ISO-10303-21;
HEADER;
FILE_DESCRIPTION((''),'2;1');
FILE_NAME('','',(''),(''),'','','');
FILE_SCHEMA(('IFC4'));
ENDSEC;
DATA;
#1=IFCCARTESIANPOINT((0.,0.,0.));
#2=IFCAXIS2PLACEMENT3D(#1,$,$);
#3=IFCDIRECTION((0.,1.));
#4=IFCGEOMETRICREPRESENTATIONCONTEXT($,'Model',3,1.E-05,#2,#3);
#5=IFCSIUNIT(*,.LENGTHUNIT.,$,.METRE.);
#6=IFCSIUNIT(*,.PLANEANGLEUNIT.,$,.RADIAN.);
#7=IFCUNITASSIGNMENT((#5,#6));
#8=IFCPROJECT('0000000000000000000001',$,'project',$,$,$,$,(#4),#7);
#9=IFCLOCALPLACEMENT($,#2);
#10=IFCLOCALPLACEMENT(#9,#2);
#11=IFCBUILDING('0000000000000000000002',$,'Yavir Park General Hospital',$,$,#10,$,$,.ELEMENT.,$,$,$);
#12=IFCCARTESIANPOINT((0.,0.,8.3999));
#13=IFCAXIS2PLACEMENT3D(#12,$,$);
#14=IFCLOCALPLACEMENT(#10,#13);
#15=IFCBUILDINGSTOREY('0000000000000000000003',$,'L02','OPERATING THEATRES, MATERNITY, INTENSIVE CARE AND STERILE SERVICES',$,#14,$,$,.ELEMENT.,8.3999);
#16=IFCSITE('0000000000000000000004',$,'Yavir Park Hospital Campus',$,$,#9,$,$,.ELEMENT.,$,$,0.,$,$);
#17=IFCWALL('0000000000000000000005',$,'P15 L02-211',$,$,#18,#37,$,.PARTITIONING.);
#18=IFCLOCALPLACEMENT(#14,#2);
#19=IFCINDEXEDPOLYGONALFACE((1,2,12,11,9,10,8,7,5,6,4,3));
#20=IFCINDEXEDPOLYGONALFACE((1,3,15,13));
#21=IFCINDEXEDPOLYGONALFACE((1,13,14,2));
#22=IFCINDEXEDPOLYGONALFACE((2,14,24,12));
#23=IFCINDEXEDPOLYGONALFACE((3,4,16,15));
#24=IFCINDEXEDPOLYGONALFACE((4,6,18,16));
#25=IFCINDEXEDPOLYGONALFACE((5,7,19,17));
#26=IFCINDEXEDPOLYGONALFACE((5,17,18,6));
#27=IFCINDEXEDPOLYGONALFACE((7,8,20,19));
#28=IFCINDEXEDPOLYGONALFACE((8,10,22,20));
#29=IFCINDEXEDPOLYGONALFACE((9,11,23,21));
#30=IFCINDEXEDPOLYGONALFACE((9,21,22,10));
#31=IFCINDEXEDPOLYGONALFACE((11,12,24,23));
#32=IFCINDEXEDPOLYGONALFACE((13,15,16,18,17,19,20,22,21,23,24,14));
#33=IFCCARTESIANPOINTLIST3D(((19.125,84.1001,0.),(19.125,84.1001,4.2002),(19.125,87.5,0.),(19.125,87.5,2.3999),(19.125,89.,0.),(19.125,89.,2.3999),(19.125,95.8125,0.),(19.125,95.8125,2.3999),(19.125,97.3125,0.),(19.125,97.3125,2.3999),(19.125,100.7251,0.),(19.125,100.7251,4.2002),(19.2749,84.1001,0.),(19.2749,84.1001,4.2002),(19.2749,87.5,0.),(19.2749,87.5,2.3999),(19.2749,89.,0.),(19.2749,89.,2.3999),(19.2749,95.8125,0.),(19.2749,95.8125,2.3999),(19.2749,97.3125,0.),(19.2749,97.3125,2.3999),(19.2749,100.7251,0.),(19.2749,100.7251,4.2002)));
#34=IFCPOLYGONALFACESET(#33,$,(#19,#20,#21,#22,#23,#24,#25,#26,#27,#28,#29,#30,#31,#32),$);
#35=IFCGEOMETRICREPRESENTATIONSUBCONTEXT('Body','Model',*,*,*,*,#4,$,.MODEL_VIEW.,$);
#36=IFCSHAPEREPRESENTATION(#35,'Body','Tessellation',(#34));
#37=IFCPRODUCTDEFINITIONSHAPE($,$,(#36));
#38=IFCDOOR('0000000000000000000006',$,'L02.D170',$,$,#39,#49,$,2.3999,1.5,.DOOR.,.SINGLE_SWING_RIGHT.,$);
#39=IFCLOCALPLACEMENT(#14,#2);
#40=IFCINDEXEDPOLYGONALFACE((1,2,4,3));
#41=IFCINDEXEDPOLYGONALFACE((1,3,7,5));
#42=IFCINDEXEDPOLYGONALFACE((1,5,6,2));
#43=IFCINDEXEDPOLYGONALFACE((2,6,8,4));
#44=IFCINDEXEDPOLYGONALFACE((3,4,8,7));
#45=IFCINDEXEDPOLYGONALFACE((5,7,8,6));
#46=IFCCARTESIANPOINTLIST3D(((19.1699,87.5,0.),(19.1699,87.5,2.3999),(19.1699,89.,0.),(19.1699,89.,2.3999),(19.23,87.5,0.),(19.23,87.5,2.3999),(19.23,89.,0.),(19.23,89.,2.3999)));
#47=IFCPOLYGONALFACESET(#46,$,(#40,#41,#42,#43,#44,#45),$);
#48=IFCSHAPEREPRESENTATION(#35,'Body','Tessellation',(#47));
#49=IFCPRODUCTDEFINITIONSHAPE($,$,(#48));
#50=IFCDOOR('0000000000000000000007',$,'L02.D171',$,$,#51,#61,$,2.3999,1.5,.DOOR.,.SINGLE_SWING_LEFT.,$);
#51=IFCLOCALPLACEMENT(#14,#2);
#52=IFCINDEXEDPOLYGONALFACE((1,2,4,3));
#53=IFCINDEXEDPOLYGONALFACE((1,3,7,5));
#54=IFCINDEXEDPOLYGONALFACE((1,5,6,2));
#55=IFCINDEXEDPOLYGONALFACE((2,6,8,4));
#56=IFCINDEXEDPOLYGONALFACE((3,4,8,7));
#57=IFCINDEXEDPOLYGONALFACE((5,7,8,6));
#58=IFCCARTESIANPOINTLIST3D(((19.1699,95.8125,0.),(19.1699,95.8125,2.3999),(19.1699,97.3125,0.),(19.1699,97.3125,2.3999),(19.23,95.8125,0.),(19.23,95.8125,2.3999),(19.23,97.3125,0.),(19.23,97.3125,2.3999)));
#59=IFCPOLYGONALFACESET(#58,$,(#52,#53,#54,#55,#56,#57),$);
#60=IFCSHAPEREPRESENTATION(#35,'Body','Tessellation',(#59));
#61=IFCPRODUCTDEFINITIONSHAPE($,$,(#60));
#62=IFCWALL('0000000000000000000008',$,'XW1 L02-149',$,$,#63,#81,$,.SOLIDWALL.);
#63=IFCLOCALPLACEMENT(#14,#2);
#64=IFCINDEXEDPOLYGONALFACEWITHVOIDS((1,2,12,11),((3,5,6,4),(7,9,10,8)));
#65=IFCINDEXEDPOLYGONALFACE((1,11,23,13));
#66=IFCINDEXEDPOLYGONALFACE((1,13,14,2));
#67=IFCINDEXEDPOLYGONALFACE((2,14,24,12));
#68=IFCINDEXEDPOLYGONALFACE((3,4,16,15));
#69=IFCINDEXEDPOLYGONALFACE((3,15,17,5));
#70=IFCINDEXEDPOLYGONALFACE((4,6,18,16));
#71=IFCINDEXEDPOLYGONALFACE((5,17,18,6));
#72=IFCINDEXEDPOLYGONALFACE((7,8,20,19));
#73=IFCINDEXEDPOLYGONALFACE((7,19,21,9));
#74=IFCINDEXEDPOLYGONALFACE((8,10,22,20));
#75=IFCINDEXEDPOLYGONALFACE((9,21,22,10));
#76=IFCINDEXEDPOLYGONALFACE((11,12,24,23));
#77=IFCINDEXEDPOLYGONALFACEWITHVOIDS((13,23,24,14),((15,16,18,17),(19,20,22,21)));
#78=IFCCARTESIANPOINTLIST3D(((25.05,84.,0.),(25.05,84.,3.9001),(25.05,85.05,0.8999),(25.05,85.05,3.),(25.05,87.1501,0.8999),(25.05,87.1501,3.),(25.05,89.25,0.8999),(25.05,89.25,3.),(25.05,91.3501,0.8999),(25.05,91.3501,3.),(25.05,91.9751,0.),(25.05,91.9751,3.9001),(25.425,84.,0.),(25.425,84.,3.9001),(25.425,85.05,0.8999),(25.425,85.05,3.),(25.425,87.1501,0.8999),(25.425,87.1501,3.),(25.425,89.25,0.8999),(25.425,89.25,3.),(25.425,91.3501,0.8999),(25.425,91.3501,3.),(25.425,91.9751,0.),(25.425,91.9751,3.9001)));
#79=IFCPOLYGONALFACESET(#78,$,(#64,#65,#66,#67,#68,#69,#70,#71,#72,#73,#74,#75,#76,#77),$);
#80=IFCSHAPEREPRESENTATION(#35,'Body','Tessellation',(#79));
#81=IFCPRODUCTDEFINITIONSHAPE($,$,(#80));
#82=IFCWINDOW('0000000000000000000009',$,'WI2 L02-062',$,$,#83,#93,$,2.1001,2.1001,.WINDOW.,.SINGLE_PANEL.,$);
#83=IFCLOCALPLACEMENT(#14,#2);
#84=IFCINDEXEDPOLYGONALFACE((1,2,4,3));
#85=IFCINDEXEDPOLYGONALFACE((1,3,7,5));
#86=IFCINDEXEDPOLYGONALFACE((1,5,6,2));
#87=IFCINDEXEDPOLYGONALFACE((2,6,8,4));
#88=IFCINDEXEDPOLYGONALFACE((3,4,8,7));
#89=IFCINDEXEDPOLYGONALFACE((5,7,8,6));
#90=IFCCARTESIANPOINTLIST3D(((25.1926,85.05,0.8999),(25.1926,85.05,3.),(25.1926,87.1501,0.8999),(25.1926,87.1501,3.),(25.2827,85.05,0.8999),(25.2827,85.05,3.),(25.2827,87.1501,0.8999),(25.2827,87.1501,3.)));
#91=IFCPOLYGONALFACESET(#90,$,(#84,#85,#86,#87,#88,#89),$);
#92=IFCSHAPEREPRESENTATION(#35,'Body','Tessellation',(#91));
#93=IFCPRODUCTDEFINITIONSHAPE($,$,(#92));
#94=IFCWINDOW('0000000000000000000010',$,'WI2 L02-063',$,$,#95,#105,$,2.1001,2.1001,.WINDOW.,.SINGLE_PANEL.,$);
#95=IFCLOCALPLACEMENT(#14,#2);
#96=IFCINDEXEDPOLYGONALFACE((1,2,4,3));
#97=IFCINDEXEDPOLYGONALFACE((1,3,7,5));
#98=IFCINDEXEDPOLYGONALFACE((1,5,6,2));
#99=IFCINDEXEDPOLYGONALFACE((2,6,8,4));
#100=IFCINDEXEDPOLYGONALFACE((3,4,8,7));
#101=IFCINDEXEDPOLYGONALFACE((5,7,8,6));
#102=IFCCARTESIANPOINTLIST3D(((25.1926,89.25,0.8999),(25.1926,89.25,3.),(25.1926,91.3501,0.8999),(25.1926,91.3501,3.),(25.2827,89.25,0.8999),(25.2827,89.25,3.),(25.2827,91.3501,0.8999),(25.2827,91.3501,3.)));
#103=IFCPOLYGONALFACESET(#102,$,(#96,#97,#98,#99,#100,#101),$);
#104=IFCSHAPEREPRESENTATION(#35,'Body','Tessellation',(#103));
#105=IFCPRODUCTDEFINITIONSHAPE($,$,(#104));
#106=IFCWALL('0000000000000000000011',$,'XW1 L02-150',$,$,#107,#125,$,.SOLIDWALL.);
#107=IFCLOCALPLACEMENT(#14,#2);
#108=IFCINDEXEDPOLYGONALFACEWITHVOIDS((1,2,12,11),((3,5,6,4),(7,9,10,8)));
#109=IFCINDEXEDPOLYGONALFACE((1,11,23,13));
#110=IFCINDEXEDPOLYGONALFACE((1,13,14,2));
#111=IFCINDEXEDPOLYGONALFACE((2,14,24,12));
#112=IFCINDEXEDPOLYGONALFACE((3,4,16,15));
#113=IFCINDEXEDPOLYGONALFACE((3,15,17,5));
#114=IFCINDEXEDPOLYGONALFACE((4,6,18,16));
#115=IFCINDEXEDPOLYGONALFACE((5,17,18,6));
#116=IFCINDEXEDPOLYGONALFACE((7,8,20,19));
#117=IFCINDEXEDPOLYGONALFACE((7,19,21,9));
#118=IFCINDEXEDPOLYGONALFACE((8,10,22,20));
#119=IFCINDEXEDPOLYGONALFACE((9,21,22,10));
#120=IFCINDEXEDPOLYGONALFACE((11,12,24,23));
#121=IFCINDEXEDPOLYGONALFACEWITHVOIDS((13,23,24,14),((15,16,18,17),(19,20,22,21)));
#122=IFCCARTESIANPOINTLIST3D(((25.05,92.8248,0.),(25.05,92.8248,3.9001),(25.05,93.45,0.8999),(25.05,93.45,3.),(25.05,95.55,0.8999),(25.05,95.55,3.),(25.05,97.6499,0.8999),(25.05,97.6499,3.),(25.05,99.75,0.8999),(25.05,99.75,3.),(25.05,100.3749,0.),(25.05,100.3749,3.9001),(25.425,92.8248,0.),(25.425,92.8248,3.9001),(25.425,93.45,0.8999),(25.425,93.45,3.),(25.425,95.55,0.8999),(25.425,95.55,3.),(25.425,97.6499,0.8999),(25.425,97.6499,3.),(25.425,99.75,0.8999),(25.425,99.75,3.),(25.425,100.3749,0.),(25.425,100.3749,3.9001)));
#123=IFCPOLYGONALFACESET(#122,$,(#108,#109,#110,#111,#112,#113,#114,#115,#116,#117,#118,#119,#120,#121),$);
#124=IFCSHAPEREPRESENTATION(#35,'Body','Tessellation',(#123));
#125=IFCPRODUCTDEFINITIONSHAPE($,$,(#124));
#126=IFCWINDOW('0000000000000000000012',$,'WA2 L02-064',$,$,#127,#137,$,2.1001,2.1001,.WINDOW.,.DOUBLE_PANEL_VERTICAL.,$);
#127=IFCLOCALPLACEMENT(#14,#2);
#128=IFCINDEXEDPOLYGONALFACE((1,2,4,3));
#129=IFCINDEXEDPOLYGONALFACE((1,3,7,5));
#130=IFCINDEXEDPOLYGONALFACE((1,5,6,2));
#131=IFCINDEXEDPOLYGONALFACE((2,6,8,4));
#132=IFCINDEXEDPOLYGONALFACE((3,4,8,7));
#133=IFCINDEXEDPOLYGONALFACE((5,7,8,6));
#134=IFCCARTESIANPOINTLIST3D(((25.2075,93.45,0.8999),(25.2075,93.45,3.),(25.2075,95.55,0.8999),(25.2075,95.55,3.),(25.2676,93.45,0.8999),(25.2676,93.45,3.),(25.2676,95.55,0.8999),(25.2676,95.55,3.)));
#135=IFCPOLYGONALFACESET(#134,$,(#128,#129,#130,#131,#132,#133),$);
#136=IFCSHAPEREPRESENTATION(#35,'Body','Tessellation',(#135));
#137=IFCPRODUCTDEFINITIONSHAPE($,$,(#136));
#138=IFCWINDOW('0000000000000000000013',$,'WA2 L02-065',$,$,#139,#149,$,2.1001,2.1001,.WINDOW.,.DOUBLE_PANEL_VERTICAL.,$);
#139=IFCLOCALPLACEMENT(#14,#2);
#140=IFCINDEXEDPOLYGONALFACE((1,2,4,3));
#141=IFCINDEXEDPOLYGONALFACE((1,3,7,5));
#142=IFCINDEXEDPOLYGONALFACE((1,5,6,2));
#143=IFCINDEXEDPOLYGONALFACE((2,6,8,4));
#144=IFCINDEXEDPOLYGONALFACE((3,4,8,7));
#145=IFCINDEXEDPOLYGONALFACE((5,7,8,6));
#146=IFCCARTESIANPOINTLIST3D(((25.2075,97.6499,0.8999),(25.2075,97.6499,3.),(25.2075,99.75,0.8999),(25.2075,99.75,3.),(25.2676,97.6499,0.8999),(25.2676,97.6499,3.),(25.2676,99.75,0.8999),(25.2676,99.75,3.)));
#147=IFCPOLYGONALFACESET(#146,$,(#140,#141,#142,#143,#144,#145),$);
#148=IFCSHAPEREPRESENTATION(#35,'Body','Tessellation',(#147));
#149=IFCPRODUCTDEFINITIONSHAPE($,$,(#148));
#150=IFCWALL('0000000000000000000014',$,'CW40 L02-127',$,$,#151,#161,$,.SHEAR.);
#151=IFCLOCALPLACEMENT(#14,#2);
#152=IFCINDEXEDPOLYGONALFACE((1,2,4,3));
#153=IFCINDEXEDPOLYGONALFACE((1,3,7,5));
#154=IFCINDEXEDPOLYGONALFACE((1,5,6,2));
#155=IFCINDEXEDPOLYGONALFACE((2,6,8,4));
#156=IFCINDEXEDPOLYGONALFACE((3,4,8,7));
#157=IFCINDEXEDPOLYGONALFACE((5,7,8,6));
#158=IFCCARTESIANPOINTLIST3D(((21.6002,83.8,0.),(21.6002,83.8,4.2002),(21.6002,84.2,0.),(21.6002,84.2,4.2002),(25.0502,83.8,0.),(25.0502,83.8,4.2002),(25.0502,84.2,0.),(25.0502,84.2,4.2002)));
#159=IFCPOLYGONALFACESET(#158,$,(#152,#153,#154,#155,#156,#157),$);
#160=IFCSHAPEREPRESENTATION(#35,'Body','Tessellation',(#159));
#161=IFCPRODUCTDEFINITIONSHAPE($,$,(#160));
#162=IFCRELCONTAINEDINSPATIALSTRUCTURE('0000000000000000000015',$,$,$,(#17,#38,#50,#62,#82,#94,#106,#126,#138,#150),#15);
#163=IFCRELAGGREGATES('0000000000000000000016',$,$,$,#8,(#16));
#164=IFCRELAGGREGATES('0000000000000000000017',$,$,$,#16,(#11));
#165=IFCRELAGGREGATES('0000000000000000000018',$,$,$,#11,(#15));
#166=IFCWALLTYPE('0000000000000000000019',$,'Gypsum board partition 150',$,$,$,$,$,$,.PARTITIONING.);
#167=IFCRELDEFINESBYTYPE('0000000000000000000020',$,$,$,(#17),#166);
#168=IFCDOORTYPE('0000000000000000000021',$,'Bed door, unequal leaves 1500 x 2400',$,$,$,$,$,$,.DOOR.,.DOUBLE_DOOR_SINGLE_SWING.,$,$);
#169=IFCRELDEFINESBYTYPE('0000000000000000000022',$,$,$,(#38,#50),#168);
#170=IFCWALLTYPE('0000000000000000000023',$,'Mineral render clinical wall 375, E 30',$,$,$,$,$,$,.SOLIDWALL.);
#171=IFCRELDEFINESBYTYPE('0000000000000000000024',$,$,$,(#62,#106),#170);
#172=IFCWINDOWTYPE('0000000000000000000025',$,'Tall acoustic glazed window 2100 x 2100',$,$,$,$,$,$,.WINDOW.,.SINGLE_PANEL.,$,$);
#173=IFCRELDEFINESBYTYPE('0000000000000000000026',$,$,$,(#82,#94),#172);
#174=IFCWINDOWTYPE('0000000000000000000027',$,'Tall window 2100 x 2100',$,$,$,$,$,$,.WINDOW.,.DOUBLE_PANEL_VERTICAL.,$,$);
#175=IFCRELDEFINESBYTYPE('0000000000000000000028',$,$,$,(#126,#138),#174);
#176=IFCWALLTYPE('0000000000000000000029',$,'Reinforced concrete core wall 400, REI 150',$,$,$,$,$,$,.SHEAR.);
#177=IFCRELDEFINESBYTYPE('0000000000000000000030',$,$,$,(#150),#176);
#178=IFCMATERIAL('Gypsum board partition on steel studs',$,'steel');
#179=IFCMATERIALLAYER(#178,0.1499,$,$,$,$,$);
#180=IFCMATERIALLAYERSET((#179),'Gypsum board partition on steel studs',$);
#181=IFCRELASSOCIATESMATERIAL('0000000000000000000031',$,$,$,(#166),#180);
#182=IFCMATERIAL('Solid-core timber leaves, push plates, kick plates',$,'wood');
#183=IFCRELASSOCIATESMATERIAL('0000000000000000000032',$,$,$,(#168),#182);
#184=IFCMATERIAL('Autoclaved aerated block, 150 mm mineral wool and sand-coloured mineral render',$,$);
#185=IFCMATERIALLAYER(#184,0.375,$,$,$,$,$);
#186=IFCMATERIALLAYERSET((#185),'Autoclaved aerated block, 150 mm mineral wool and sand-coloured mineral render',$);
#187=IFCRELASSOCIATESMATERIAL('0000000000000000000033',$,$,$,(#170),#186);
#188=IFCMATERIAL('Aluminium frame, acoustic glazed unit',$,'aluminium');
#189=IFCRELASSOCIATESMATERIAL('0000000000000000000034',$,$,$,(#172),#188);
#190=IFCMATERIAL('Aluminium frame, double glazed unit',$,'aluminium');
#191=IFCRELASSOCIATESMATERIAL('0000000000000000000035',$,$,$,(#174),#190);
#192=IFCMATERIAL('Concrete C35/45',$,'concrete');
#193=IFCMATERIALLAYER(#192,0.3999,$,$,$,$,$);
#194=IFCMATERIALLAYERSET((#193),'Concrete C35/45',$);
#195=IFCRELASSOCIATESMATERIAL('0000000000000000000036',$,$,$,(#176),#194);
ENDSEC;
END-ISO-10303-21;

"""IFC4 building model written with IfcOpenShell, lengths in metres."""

from ifc_helpers import new_model, si_unit, direction, frame, frame_2d, origin, place, context, subcontext, project, spatial, rectangle, extrude, material, layer, layer_set, type_object, element, fill, save


model = new_model("IFC4")

# Units and contexts
model_context = context("Model", 3, precision=1e-05, world=origin(), true_north=direction((0.0, 1.0)))
body_context = subcontext(model_context, "Body", "Model", "MODEL_VIEW")
ifc_project = project(units=[si_unit("LENGTHUNIT", "METRE"), si_unit("PLANEANGLEUNIT", "RADIAN")], contexts=[model_context])

# Site, building, storey
site_placement = place(None, origin())
site = spatial("IfcSite", under=ifc_project, at=site_placement, Name="Yavir Park Hospital Campus", CompositionType="ELEMENT", RefElevation=0.0)
building_placement = place(site_placement, origin())
building = spatial("IfcBuilding", under=site, at=building_placement, Name="Yavir Park General Hospital", CompositionType="ELEMENT")
storey_placement = place(building_placement, frame((0.0, 0.0, 8.3999)))
storey = spatial("IfcBuildingStorey", under=building, at=storey_placement, Name="L02", Description="OPERATING THEATRES, MATERNITY, INTENSIVE CARE AND STERILE SERVICES", CompositionType="ELEMENT", Elevation=8.3999)

# Shared definitions
ifc_material_1 = material(Name="Gypsum board partition on steel studs", Category="steel")
ifc_layer_1 = layer(ifc_material_1, 0.1499)
ifc_layer_set_1 = layer_set([ifc_layer_1], Name="Gypsum board partition on steel studs")
wall_type_1 = type_object("IfcWallType", Name="Gypsum board partition 150", PredefinedType="PARTITIONING", material=ifc_layer_set_1)
ifc_material_2 = material(Name="Solid-core timber leaves, push plates, kick plates", Category="wood")
door_type = type_object("IfcDoorType", Name="Bed door, unequal leaves 1500 x 2400", OperationType="DOUBLE_DOOR_SINGLE_SWING", PredefinedType="DOOR", material=ifc_material_2)

# Wall, openings, doors
wall_1_placement = place(storey_placement, frame((19.2, 84.1001, 0.0), z_axis=(0.0, 0.0, 1.0), x_axis=(0.0, 1.0, 0.0)))
wall_1 = element("IfcWall", 1, at=wall_1_placement, inside=storey, type_object=wall_type_1, Name="P15 L02-211", PredefinedType="PARTITIONING", context=body_context, shape_type="SweptSolid", body=[
    extrude(rectangle(XDim=16.625, YDim=0.1499, at=frame_2d((8.3125, 0.0))), origin(), (0.0, 0.0, 1.0), 4.2002),
])
opening_1_placement = place(wall_1_placement, frame((3.3999, 0.0, 0.0)))
opening_1 = element("IfcOpeningElement", 2, at=opening_1_placement, cuts=wall_1, PredefinedType="OPENING", context=body_context, shape_type="SweptSolid", body=[
    extrude(rectangle(XDim=1.5, YDim=2.3999, at=frame_2d((0.75, 1.2))), frame((0.0, 0.085, 0.0), z_axis=(0.0, -1.0, 0.0), x_axis=(1.0, 0.0, 0.0)), (0.0, 0.0, 1.0), 0.1699),
])
opening_2_placement = place(wall_1_placement, frame((11.7124, 0.0, 0.0)))
opening_2 = element("IfcOpeningElement", 3, at=opening_2_placement, cuts=wall_1, PredefinedType="OPENING", context=body_context, shape_type="SweptSolid", body=[
    extrude(rectangle(XDim=1.5, YDim=2.3999, at=frame_2d((0.75, 1.2))), frame((0.0, 0.085, 0.0), z_axis=(0.0, -1.0, 0.0), x_axis=(1.0, 0.0, 0.0)), (0.0, 0.0, 1.0), 0.1699),
])
door_1_placement = place(opening_1_placement, origin())
door_1 = element("IfcDoor", 4, at=door_1_placement, inside=storey, type_object=door_type, Name="L02.D170", OperationType="SINGLE_SWING_RIGHT", OverallHeight=2.3999, OverallWidth=1.5, PredefinedType="DOOR", context=body_context, shape_type="SweptSolid", body=[
    extrude(rectangle(XDim=1.5, YDim=2.3999, at=frame_2d((0.75, 1.2))), frame((0.0, 0.03, 0.0), z_axis=(0.0, -1.0, 0.0), x_axis=(1.0, 0.0, 0.0)), (0.0, 0.0, 1.0), 0.0601),
])
fill(opening_1, door_1)
door_2_placement = place(opening_2_placement, origin())
door_2 = element("IfcDoor", 5, at=door_2_placement, inside=storey, type_object=door_type, Name="L02.D171", OperationType="SINGLE_SWING_LEFT", OverallHeight=2.3999, OverallWidth=1.5, PredefinedType="DOOR", context=body_context, shape_type="SweptSolid", body=[
    extrude(rectangle(XDim=1.5, YDim=2.3999, at=frame_2d((0.75, 1.2))), frame((0.0, 0.03, 0.0), z_axis=(0.0, -1.0, 0.0), x_axis=(1.0, 0.0, 0.0)), (0.0, 0.0, 1.0), 0.0601),
])
fill(opening_2, door_2)

# Walls, openings, windows
ifc_material_3 = material(Name="Autoclaved aerated block, 150 mm mineral wool and sand-coloured mineral render")
ifc_layer_2 = layer(ifc_material_3, 0.375)
ifc_layer_set_2 = layer_set([ifc_layer_2], Name="Autoclaved aerated block, 150 mm mineral wool and sand-coloured mineral render")
wall_type_2 = type_object("IfcWallType", Name="Mineral render clinical wall 375, E 30", PredefinedType="SOLIDWALL", material=ifc_layer_set_2)
wall_2_placement = place(storey_placement, frame((25.2375, 84.0, 0.0), z_axis=(0.0, 0.0, 1.0), x_axis=(0.0, 1.0, 0.0)))
wall_2 = element("IfcWall", 6, at=wall_2_placement, inside=storey, type_object=wall_type_2, Name="XW1 L02-149", PredefinedType="SOLIDWALL", context=body_context, shape_type="SweptSolid", body=[
    extrude(rectangle(XDim=7.9751, YDim=0.375, at=frame_2d((3.9875, 0.0))), origin(), (0.0, 0.0, 1.0), 3.9001),
])
opening_3_placement = place(wall_2_placement, frame((1.05, 0.0, 0.8999)))
opening_3 = element("IfcOpeningElement", 7, at=opening_3_placement, cuts=wall_2, PredefinedType="OPENING", context=body_context, shape_type="SweptSolid", body=[
    extrude(rectangle(XDim=2.1001, YDim=2.1001, at=frame_2d((1.05, 1.05))), frame((0.0, 0.1975, 0.0), z_axis=(0.0, -1.0, 0.0), x_axis=(1.0, 0.0, 0.0)), (0.0, 0.0, 1.0), 0.395),
])
opening_4_placement = place(wall_2_placement, frame((5.25, 0.0, 0.8999)))
opening_4 = element("IfcOpeningElement", 8, at=opening_4_placement, cuts=wall_2, PredefinedType="OPENING", context=body_context, shape_type="SweptSolid", body=[
    extrude(rectangle(XDim=2.1001, YDim=2.1001, at=frame_2d((1.05, 1.05))), frame((0.0, 0.1975, 0.0), z_axis=(0.0, -1.0, 0.0), x_axis=(1.0, 0.0, 0.0)), (0.0, 0.0, 1.0), 0.395),
])
ifc_material_4 = material(Name="Aluminium frame, acoustic glazed unit", Category="aluminium")
window_type_1 = type_object("IfcWindowType", Name="Tall acoustic glazed window 2100 x 2100", PartitioningType="SINGLE_PANEL", PredefinedType="WINDOW", material=ifc_material_4)
window_1_placement = place(opening_3_placement, origin())
window_1 = element("IfcWindow", 9, at=window_1_placement, inside=storey, type_object=window_type_1, Name="WI2 L02-062", OverallHeight=2.1001, OverallWidth=2.1001, PartitioningType="SINGLE_PANEL", PredefinedType="WINDOW", context=body_context, shape_type="SweptSolid", body=[
    extrude(rectangle(XDim=2.1001, YDim=2.1001, at=frame_2d((1.05, 1.05))), frame((0.0, 0.0449, 0.0), z_axis=(0.0, -1.0, 0.0), x_axis=(1.0, 0.0, 0.0)), (0.0, 0.0, 1.0), 0.0901),
])
fill(opening_3, window_1)
window_2_placement = place(opening_4_placement, origin())
window_2 = element("IfcWindow", 10, at=window_2_placement, inside=storey, type_object=window_type_1, Name="WI2 L02-063", OverallHeight=2.1001, OverallWidth=2.1001, PartitioningType="SINGLE_PANEL", PredefinedType="WINDOW", context=body_context, shape_type="SweptSolid", body=[
    extrude(rectangle(XDim=2.1001, YDim=2.1001, at=frame_2d((1.05, 1.05))), frame((0.0, 0.0449, 0.0), z_axis=(0.0, -1.0, 0.0), x_axis=(1.0, 0.0, 0.0)), (0.0, 0.0, 1.0), 0.0901),
])
fill(opening_4, window_2)
wall_3_placement = place(storey_placement, frame((25.2375, 92.825, 0.0), z_axis=(0.0, 0.0, 1.0), x_axis=(0.0, 1.0, 0.0)))
wall_3 = element("IfcWall", 11, at=wall_3_placement, inside=storey, type_object=wall_type_2, Name="XW1 L02-150", PredefinedType="SOLIDWALL", context=body_context, shape_type="SweptSolid", body=[
    extrude(rectangle(XDim=7.55, YDim=0.375, at=frame_2d((3.7749, 0.0))), origin(), (0.0, 0.0, 1.0), 3.9001),
])
opening_5_placement = place(wall_3_placement, frame((0.625, 0.0, 0.8999)))
opening_5 = element("IfcOpeningElement", 12, at=opening_5_placement, cuts=wall_3, PredefinedType="OPENING", context=body_context, shape_type="SweptSolid", body=[
    extrude(rectangle(XDim=2.1001, YDim=2.1001, at=frame_2d((1.05, 1.05))), frame((0.0, 0.1975, 0.0), z_axis=(0.0, -1.0, 0.0), x_axis=(1.0, 0.0, 0.0)), (0.0, 0.0, 1.0), 0.395),
])
opening_6_placement = place(wall_3_placement, frame((4.825, 0.0, 0.8999)))
opening_6 = element("IfcOpeningElement", 13, at=opening_6_placement, cuts=wall_3, PredefinedType="OPENING", context=body_context, shape_type="SweptSolid", body=[
    extrude(rectangle(XDim=2.1001, YDim=2.1001, at=frame_2d((1.05, 1.05))), frame((0.0, 0.1975, 0.0), z_axis=(0.0, -1.0, 0.0), x_axis=(1.0, 0.0, 0.0)), (0.0, 0.0, 1.0), 0.395),
])
ifc_material_5 = material(Name="Aluminium frame, double glazed unit", Category="aluminium")
window_type_2 = type_object("IfcWindowType", Name="Tall window 2100 x 2100", PartitioningType="DOUBLE_PANEL_VERTICAL", PredefinedType="WINDOW", material=ifc_material_5)
window_3_placement = place(opening_5_placement, origin())
window_3 = element("IfcWindow", 14, at=window_3_placement, inside=storey, type_object=window_type_2, Name="WA2 L02-064", OverallHeight=2.1001, OverallWidth=2.1001, PartitioningType="DOUBLE_PANEL_VERTICAL", PredefinedType="WINDOW", context=body_context, shape_type="SweptSolid", body=[
    extrude(rectangle(XDim=2.1001, YDim=2.1001, at=frame_2d((1.05, 1.05))), frame((0.0, 0.03, 0.0), z_axis=(0.0, -1.0, 0.0), x_axis=(1.0, 0.0, 0.0)), (0.0, 0.0, 1.0), 0.0601),
])
fill(opening_5, window_3)
window_4_placement = place(opening_6_placement, origin())
window_4 = element("IfcWindow", 15, at=window_4_placement, inside=storey, type_object=window_type_2, Name="WA2 L02-065", OverallHeight=2.1001, OverallWidth=2.1001, PartitioningType="DOUBLE_PANEL_VERTICAL", PredefinedType="WINDOW", context=body_context, shape_type="SweptSolid", body=[
    extrude(rectangle(XDim=2.1001, YDim=2.1001, at=frame_2d((1.05, 1.05))), frame((0.0, 0.03, 0.0), z_axis=(0.0, -1.0, 0.0), x_axis=(1.0, 0.0, 0.0)), (0.0, 0.0, 1.0), 0.0601),
])
fill(opening_6, window_4)

# Wall
ifc_material_6 = material(Name="Concrete C35/45", Category="concrete")
ifc_layer_3 = layer(ifc_material_6, 0.3999)
ifc_layer_set_3 = layer_set([ifc_layer_3], Name="Concrete C35/45")
wall_type_3 = type_object("IfcWallType", Name="Reinforced concrete core wall 400, REI 150", PredefinedType="SHEAR", material=ifc_layer_set_3)
wall_4_placement = place(storey_placement, frame((21.6001, 84.0, 0.0), z_axis=(0.0, 0.0, 1.0), x_axis=(1.0, 0.0, 0.0)))
element("IfcWall", 16, at=wall_4_placement, inside=storey, type_object=wall_type_3, Name="CW40 L02-127", PredefinedType="SHEAR", context=body_context, shape_type="SweptSolid", body=[
    extrude(rectangle(XDim=3.45, YDim=0.3999, at=frame_2d((1.7251, 0.0))), origin(), (0.0, 0.0, 1.0), 4.2002),
])

save(model, "model.ifc")
